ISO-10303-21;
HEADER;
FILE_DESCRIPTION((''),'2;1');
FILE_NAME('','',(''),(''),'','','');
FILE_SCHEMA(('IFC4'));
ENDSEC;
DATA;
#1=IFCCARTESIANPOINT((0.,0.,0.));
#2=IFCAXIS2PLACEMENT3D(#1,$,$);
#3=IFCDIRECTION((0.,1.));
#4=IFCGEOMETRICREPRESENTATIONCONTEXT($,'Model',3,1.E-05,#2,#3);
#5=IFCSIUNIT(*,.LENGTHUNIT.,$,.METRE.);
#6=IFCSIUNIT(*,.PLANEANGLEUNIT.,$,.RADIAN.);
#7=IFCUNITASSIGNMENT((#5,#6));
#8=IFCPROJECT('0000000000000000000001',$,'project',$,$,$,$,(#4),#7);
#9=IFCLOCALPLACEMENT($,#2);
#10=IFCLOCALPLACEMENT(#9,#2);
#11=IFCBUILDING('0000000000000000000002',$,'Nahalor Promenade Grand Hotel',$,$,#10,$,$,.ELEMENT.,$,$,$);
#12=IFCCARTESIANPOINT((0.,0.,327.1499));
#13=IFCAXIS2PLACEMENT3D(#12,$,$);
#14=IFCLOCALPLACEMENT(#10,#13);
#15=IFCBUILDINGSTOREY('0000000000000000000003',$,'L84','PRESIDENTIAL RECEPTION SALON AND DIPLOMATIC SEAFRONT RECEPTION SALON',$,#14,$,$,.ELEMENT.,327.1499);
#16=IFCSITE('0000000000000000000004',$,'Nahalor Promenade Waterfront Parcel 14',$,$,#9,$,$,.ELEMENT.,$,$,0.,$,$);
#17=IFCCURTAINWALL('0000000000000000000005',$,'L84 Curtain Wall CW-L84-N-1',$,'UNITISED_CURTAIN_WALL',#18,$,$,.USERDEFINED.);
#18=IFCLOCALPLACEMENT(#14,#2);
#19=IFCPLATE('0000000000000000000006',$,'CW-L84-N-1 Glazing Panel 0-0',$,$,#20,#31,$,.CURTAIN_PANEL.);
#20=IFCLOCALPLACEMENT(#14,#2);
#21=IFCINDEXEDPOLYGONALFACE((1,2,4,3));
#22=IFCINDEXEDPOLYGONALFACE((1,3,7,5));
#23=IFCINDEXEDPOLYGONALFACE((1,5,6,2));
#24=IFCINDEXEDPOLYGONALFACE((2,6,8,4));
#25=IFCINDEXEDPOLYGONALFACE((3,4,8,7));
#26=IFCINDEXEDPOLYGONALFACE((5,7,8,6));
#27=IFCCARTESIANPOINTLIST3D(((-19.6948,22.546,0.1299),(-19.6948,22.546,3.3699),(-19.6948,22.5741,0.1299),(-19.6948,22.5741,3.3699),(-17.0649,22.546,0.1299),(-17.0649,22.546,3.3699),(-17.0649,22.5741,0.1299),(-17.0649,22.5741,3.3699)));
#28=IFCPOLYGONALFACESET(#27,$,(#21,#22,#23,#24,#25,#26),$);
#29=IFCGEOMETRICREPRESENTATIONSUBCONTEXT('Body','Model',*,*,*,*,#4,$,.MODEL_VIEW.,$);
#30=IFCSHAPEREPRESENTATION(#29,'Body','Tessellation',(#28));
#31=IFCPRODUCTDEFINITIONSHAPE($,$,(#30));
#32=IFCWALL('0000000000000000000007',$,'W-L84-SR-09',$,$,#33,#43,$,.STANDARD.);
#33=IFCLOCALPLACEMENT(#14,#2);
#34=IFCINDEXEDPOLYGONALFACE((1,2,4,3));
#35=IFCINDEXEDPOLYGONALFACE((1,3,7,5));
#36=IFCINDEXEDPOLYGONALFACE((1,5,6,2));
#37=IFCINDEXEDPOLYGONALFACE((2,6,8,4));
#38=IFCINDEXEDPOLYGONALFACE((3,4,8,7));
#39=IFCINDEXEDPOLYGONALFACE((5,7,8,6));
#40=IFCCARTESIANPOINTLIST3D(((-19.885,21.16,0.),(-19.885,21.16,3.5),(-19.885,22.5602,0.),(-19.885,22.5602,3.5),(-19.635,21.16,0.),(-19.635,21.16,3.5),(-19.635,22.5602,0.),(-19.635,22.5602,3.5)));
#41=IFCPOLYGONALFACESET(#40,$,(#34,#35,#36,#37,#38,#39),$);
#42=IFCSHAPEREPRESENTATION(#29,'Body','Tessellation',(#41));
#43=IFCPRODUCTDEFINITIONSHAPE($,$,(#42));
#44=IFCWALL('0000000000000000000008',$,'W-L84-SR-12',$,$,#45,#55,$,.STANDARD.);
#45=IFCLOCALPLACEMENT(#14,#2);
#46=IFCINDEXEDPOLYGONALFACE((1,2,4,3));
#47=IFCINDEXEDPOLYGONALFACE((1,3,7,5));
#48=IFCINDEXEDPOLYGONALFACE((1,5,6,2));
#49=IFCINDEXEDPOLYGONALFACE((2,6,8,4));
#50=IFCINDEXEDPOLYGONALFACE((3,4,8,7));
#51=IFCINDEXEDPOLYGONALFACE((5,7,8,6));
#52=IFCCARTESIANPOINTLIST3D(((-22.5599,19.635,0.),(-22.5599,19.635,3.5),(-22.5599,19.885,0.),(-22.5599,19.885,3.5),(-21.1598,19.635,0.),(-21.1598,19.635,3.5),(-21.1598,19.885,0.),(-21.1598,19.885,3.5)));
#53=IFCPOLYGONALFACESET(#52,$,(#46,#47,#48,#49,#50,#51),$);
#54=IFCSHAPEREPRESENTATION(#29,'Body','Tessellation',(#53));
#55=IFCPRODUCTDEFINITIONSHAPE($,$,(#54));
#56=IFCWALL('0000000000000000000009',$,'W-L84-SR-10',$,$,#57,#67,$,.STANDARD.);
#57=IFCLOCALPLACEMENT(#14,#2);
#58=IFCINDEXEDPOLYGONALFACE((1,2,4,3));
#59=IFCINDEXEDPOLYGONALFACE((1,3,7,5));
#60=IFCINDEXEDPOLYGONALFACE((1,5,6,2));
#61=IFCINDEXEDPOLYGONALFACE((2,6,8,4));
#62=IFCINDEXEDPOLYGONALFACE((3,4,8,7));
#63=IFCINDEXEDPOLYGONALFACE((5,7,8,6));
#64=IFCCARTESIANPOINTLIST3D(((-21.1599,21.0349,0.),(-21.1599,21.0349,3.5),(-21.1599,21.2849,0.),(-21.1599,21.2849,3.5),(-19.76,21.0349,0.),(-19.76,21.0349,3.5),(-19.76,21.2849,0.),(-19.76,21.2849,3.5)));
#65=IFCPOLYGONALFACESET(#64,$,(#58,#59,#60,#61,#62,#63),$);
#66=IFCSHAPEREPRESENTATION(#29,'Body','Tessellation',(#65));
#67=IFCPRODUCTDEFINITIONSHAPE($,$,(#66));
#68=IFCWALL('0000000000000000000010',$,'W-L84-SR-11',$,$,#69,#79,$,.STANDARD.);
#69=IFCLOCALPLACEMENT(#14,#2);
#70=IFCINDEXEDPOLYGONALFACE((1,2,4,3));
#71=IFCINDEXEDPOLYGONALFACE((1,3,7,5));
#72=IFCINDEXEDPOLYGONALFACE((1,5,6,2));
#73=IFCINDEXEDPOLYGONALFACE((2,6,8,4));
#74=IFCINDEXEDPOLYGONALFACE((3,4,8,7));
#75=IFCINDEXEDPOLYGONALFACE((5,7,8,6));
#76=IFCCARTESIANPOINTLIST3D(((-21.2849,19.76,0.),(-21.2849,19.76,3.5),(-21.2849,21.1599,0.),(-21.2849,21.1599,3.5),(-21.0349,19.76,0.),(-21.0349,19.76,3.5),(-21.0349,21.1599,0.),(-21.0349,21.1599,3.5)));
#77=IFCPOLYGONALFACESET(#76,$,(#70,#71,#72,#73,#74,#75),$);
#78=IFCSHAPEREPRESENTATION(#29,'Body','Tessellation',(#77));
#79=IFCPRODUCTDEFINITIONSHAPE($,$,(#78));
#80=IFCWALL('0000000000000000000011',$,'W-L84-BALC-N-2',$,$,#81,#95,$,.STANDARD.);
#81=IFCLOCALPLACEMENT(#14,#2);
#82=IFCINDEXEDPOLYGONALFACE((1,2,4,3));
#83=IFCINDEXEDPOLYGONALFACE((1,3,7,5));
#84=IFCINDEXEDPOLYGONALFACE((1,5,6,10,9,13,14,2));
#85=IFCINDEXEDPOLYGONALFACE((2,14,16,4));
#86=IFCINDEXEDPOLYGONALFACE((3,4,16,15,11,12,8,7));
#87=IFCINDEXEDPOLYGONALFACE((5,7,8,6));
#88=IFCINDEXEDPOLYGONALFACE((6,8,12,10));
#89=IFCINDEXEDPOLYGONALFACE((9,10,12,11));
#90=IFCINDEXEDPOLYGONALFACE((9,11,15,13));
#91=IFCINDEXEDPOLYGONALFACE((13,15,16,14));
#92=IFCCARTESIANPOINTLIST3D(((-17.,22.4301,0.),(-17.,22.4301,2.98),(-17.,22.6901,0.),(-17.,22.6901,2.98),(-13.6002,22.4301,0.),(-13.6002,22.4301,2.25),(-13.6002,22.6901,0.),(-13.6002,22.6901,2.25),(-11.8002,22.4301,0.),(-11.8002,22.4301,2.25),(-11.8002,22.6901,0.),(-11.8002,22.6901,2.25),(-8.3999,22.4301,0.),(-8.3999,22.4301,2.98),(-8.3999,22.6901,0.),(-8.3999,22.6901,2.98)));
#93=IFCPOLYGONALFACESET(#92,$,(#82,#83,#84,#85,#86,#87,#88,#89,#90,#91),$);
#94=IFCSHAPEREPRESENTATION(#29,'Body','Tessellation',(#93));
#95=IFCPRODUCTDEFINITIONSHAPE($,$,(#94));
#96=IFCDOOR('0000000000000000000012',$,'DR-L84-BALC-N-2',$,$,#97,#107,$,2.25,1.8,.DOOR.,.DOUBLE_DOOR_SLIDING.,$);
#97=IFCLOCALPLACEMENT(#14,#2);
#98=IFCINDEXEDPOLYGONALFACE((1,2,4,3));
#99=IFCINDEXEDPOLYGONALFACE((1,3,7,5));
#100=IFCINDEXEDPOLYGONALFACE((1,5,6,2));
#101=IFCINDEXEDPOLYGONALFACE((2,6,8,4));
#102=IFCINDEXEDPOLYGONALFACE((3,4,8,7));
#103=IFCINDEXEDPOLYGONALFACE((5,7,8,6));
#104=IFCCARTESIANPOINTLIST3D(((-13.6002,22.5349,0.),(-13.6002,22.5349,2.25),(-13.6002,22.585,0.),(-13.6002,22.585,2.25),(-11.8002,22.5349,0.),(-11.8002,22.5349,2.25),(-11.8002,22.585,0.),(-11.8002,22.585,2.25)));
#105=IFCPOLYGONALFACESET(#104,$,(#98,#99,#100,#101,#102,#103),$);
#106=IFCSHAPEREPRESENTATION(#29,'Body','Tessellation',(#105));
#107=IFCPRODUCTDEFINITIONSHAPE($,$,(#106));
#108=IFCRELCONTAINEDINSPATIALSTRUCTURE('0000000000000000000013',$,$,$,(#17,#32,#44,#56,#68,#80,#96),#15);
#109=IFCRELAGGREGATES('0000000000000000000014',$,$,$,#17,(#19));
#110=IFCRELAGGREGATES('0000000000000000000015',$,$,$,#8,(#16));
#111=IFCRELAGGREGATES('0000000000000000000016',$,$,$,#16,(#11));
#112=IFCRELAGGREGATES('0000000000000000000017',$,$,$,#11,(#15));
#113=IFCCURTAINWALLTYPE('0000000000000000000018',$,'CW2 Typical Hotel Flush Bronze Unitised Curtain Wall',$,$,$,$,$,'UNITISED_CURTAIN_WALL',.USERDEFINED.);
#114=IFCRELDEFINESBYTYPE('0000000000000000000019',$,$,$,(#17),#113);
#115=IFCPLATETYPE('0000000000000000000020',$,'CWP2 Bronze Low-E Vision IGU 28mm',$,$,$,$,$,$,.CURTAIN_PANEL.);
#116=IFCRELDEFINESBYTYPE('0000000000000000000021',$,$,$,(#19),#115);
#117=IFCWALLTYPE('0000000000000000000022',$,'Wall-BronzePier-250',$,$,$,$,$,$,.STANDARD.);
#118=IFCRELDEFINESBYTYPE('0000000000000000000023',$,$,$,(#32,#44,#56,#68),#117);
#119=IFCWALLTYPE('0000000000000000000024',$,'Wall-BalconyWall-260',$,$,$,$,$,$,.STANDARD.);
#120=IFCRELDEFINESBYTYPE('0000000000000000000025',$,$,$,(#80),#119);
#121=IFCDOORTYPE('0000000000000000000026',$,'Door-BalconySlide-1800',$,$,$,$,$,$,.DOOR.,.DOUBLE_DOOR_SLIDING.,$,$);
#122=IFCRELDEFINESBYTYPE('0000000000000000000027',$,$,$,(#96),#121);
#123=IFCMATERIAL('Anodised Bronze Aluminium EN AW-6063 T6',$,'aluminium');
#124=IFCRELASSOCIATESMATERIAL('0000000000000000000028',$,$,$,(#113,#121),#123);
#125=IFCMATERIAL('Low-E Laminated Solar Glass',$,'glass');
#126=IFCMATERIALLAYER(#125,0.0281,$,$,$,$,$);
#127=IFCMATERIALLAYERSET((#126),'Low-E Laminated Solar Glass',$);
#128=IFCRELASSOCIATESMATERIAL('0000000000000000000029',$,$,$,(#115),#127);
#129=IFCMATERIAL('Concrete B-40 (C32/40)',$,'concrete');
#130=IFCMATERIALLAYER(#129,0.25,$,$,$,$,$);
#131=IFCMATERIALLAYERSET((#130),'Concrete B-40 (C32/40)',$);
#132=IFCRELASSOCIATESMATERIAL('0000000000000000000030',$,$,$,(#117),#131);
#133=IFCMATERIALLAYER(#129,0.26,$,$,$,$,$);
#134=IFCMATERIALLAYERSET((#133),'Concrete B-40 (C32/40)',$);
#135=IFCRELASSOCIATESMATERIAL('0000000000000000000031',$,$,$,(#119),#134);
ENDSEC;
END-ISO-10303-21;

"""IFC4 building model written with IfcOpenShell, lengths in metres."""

from ifc_helpers import new_model, si_unit, direction, frame, frame_2d, origin, origin_2d, place, context, subcontext, project, spatial, rectangle, extrude, source, transform, mapped, material, layer, layer_set, type_object, element, fill, aggregate, save


model = new_model("IFC4")

# Units and contexts
model_context = context("Model", 3, precision=1e-05, world=origin(), true_north=direction((0.0, 1.0)))
body_context = subcontext(model_context, "Body", "Model", "MODEL_VIEW")
ifc_project = project(units=[si_unit("LENGTHUNIT", "METRE"), si_unit("PLANEANGLEUNIT", "RADIAN")], contexts=[model_context])

# Site, building, storey
site_placement = place(None, origin())
site = spatial("IfcSite", under=ifc_project, at=site_placement, Name="Nahalor Promenade Waterfront Parcel 14", CompositionType="ELEMENT", RefElevation=0.0)
building_placement = place(site_placement, origin())
building = spatial("IfcBuilding", under=site, at=building_placement, Name="Nahalor Promenade Grand Hotel", CompositionType="ELEMENT")
storey_placement = place(building_placement, frame((0.0, 0.0, 327.1499)))
storey = spatial("IfcBuildingStorey", under=building, at=storey_placement, Name="L84", Description="PRESIDENTIAL RECEPTION SALON AND DIPLOMATIC SEAFRONT RECEPTION SALON", CompositionType="ELEMENT", Elevation=327.1499)

# Curtain wall
ifc_material_1 = material(Name="Anodised Bronze Aluminium EN AW-6063 T6", Category="aluminium")
curtain_wall_type = type_object("IfcCurtainWallType", Name="CW2 Typical Hotel Flush Bronze Unitised Curtain Wall", ElementType="UNITISED_CURTAIN_WALL", PredefinedType="USERDEFINED", material=ifc_material_1)
curtain_wall_1_placement = place(storey_placement, origin())
curtain_wall_1 = element("IfcCurtainWall", 1, at=curtain_wall_1_placement, inside=storey, type_object=curtain_wall_type, Name="L84 Curtain Wall CW-L84-N-1", ObjectType="UNITISED_CURTAIN_WALL", PredefinedType="USERDEFINED")

# Plate
ifc_material_2 = material(Name="Low-E Laminated Solar Glass", Category="glass")
ifc_layer_1 = layer(ifc_material_2, 0.0281)
ifc_layer_set_1 = layer_set([ifc_layer_1], Name="Low-E Laminated Solar Glass")
plate_type = type_object("IfcPlateType", Name="CWP2 Bronze Low-E Vision IGU 28mm", PredefinedType="CURTAIN_PANEL", material=ifc_layer_set_1)
shared_shape_1 = source(origin(), body_context, "Body", "SweptSolid", [
    extrude(rectangle(XDim=2.6299, YDim=0.0281, at=origin_2d()), origin(), (0.0, 0.0, 1.0), 3.24),
])
plate_placement = place(storey_placement, frame((-18.3799, 22.5601, 0.1299), z_axis=(0.0, 0.0, 1.0), x_axis=(1.0, 0.0, 0.0)))
plate = element("IfcPlate", 2, at=plate_placement, type_object=plate_type, Name="CW-L84-N-1 Glazing Panel 0-0", PredefinedType="CURTAIN_PANEL", context=body_context, shape_type="MappedRepresentation", body=[
    mapped(shared_shape_1, transform((0.0, 0.0, 0.0), scale=1.0)),
])
aggregate(curtain_wall_1, [plate])

# Walls
ifc_material_3 = material(Name="Concrete B-40 (C32/40)", Category="concrete")
ifc_layer_2 = layer(ifc_material_3, 0.25)
ifc_layer_set_2 = layer_set([ifc_layer_2], Name="Concrete B-40 (C32/40)")
wall_type_1 = type_object("IfcWallType", Name="Wall-BronzePier-250", PredefinedType="STANDARD", material=ifc_layer_set_2)
shared_shape_2 = source(origin(), body_context, "Body", "SweptSolid", [
    extrude(rectangle(XDim=1.4001, YDim=0.25, at=frame_2d((0.7002, 0.0))), origin(), (0.0, 0.0, 1.0), 3.5),
])
for number, where, z_axis, x_axis, name in (
    (3, (-19.76, 21.1599, 0.0), (0.0, 0.0, 1.0), (0.0, 1.0, 0.0), "W-L84-SR-09"),
    (4, (-22.5601, 19.76, 0.0), (0.0, 0.0, 1.0), (1.0, 0.0, 0.0), "W-L84-SR-12"),
):
    element("IfcWall", number, at=place(storey_placement, frame(where, z_axis=z_axis, x_axis=x_axis)), inside=storey, type_object=wall_type_1, Name=name, PredefinedType="STANDARD", context=body_context, shape_type="MappedRepresentation", body=[
        mapped(shared_shape_2, transform((0.0, 0.0, 0.0), scale=1.0)),
    ])
shared_shape_3 = source(origin(), body_context, "Body", "SweptSolid", [
    extrude(rectangle(XDim=1.3999, YDim=0.25, at=frame_2d((0.7, 0.0))), origin(), (0.0, 0.0, 1.0), 3.5),
])
for number, where, z_axis, x_axis, name in (
    (5, (-21.1599, 21.1599, 0.0), (0.0, 0.0, 1.0), (1.0, 0.0, 0.0), "W-L84-SR-10"),
    (6, (-21.1599, 19.76, 0.0), (0.0, 0.0, 1.0), (0.0, 1.0, 0.0), "W-L84-SR-11"),
):
    element("IfcWall", number, at=place(storey_placement, frame(where, z_axis=z_axis, x_axis=x_axis)), inside=storey, type_object=wall_type_1, Name=name, PredefinedType="STANDARD", context=body_context, shape_type="MappedRepresentation", body=[
        mapped(shared_shape_3, transform((0.0, 0.0, 0.0), scale=1.0)),
    ])

# Wall, opening, door
ifc_layer_3 = layer(ifc_material_3, 0.26)
ifc_layer_set_3 = layer_set([ifc_layer_3], Name="Concrete B-40 (C32/40)")
wall_type_2 = type_object("IfcWallType", Name="Wall-BalconyWall-260", PredefinedType="STANDARD", material=ifc_layer_set_3)
shared_shape_4 = source(origin(), body_context, "Body", "SweptSolid", [
    extrude(rectangle(XDim=8.6001, YDim=0.26, at=frame_2d((4.3, 0.0))), origin(), (0.0, 0.0, 1.0), 2.98),
])
wall_placement = place(storey_placement, frame((-17.0, 22.5601, 0.0), z_axis=(0.0, 0.0, 1.0), x_axis=(1.0, 0.0, 0.0)))
wall = element("IfcWall", 7, at=wall_placement, inside=storey, type_object=wall_type_2, Name="W-L84-BALC-N-2", PredefinedType="STANDARD", context=body_context, shape_type="MappedRepresentation", body=[
    mapped(shared_shape_4, transform((0.0, 0.0, 0.0), scale=1.0)),
])
opening_placement = place(wall_placement, frame((3.3999, 0.0, 0.0)))
opening = element("IfcOpeningElement", 8, at=opening_placement, cuts=wall, PredefinedType="OPENING", context=body_context, shape_type="SweptSolid", body=[
    extrude(rectangle(XDim=1.8, YDim=2.25, at=frame_2d((0.8999, 1.125))), frame((0.0, 0.1399, 0.0), z_axis=(0.0, -1.0, 0.0), x_axis=(1.0, 0.0, 0.0)), (0.0, 0.0, 1.0), 0.28),
])
door_type = type_object("IfcDoorType", Name="Door-BalconySlide-1800", OperationType="DOUBLE_DOOR_SLIDING", PredefinedType="DOOR", material=ifc_material_1)
shared_shape_5 = source(origin(), body_context, "Body", "SweptSolid", [
    extrude(rectangle(XDim=1.8, YDim=2.25, at=frame_2d((0.8999, 1.125))), frame((0.0, 0.0249, 0.0), z_axis=(0.0, -1.0, 0.0), x_axis=(1.0, 0.0, 0.0)), (0.0, 0.0, 1.0), 0.05),
])
door_placement = place(opening_placement, origin())
door = element("IfcDoor", 9, at=door_placement, inside=storey, type_object=door_type, Name="DR-L84-BALC-N-2", OperationType="DOUBLE_DOOR_SLIDING", OverallHeight=2.25, OverallWidth=1.8, PredefinedType="DOOR", context=body_context, shape_type="MappedRepresentation", body=[
    mapped(shared_shape_5, transform((0.0, 0.0, 0.0), scale=1.0)),
])
fill(opening, door)

save(model, "model.ifc")
